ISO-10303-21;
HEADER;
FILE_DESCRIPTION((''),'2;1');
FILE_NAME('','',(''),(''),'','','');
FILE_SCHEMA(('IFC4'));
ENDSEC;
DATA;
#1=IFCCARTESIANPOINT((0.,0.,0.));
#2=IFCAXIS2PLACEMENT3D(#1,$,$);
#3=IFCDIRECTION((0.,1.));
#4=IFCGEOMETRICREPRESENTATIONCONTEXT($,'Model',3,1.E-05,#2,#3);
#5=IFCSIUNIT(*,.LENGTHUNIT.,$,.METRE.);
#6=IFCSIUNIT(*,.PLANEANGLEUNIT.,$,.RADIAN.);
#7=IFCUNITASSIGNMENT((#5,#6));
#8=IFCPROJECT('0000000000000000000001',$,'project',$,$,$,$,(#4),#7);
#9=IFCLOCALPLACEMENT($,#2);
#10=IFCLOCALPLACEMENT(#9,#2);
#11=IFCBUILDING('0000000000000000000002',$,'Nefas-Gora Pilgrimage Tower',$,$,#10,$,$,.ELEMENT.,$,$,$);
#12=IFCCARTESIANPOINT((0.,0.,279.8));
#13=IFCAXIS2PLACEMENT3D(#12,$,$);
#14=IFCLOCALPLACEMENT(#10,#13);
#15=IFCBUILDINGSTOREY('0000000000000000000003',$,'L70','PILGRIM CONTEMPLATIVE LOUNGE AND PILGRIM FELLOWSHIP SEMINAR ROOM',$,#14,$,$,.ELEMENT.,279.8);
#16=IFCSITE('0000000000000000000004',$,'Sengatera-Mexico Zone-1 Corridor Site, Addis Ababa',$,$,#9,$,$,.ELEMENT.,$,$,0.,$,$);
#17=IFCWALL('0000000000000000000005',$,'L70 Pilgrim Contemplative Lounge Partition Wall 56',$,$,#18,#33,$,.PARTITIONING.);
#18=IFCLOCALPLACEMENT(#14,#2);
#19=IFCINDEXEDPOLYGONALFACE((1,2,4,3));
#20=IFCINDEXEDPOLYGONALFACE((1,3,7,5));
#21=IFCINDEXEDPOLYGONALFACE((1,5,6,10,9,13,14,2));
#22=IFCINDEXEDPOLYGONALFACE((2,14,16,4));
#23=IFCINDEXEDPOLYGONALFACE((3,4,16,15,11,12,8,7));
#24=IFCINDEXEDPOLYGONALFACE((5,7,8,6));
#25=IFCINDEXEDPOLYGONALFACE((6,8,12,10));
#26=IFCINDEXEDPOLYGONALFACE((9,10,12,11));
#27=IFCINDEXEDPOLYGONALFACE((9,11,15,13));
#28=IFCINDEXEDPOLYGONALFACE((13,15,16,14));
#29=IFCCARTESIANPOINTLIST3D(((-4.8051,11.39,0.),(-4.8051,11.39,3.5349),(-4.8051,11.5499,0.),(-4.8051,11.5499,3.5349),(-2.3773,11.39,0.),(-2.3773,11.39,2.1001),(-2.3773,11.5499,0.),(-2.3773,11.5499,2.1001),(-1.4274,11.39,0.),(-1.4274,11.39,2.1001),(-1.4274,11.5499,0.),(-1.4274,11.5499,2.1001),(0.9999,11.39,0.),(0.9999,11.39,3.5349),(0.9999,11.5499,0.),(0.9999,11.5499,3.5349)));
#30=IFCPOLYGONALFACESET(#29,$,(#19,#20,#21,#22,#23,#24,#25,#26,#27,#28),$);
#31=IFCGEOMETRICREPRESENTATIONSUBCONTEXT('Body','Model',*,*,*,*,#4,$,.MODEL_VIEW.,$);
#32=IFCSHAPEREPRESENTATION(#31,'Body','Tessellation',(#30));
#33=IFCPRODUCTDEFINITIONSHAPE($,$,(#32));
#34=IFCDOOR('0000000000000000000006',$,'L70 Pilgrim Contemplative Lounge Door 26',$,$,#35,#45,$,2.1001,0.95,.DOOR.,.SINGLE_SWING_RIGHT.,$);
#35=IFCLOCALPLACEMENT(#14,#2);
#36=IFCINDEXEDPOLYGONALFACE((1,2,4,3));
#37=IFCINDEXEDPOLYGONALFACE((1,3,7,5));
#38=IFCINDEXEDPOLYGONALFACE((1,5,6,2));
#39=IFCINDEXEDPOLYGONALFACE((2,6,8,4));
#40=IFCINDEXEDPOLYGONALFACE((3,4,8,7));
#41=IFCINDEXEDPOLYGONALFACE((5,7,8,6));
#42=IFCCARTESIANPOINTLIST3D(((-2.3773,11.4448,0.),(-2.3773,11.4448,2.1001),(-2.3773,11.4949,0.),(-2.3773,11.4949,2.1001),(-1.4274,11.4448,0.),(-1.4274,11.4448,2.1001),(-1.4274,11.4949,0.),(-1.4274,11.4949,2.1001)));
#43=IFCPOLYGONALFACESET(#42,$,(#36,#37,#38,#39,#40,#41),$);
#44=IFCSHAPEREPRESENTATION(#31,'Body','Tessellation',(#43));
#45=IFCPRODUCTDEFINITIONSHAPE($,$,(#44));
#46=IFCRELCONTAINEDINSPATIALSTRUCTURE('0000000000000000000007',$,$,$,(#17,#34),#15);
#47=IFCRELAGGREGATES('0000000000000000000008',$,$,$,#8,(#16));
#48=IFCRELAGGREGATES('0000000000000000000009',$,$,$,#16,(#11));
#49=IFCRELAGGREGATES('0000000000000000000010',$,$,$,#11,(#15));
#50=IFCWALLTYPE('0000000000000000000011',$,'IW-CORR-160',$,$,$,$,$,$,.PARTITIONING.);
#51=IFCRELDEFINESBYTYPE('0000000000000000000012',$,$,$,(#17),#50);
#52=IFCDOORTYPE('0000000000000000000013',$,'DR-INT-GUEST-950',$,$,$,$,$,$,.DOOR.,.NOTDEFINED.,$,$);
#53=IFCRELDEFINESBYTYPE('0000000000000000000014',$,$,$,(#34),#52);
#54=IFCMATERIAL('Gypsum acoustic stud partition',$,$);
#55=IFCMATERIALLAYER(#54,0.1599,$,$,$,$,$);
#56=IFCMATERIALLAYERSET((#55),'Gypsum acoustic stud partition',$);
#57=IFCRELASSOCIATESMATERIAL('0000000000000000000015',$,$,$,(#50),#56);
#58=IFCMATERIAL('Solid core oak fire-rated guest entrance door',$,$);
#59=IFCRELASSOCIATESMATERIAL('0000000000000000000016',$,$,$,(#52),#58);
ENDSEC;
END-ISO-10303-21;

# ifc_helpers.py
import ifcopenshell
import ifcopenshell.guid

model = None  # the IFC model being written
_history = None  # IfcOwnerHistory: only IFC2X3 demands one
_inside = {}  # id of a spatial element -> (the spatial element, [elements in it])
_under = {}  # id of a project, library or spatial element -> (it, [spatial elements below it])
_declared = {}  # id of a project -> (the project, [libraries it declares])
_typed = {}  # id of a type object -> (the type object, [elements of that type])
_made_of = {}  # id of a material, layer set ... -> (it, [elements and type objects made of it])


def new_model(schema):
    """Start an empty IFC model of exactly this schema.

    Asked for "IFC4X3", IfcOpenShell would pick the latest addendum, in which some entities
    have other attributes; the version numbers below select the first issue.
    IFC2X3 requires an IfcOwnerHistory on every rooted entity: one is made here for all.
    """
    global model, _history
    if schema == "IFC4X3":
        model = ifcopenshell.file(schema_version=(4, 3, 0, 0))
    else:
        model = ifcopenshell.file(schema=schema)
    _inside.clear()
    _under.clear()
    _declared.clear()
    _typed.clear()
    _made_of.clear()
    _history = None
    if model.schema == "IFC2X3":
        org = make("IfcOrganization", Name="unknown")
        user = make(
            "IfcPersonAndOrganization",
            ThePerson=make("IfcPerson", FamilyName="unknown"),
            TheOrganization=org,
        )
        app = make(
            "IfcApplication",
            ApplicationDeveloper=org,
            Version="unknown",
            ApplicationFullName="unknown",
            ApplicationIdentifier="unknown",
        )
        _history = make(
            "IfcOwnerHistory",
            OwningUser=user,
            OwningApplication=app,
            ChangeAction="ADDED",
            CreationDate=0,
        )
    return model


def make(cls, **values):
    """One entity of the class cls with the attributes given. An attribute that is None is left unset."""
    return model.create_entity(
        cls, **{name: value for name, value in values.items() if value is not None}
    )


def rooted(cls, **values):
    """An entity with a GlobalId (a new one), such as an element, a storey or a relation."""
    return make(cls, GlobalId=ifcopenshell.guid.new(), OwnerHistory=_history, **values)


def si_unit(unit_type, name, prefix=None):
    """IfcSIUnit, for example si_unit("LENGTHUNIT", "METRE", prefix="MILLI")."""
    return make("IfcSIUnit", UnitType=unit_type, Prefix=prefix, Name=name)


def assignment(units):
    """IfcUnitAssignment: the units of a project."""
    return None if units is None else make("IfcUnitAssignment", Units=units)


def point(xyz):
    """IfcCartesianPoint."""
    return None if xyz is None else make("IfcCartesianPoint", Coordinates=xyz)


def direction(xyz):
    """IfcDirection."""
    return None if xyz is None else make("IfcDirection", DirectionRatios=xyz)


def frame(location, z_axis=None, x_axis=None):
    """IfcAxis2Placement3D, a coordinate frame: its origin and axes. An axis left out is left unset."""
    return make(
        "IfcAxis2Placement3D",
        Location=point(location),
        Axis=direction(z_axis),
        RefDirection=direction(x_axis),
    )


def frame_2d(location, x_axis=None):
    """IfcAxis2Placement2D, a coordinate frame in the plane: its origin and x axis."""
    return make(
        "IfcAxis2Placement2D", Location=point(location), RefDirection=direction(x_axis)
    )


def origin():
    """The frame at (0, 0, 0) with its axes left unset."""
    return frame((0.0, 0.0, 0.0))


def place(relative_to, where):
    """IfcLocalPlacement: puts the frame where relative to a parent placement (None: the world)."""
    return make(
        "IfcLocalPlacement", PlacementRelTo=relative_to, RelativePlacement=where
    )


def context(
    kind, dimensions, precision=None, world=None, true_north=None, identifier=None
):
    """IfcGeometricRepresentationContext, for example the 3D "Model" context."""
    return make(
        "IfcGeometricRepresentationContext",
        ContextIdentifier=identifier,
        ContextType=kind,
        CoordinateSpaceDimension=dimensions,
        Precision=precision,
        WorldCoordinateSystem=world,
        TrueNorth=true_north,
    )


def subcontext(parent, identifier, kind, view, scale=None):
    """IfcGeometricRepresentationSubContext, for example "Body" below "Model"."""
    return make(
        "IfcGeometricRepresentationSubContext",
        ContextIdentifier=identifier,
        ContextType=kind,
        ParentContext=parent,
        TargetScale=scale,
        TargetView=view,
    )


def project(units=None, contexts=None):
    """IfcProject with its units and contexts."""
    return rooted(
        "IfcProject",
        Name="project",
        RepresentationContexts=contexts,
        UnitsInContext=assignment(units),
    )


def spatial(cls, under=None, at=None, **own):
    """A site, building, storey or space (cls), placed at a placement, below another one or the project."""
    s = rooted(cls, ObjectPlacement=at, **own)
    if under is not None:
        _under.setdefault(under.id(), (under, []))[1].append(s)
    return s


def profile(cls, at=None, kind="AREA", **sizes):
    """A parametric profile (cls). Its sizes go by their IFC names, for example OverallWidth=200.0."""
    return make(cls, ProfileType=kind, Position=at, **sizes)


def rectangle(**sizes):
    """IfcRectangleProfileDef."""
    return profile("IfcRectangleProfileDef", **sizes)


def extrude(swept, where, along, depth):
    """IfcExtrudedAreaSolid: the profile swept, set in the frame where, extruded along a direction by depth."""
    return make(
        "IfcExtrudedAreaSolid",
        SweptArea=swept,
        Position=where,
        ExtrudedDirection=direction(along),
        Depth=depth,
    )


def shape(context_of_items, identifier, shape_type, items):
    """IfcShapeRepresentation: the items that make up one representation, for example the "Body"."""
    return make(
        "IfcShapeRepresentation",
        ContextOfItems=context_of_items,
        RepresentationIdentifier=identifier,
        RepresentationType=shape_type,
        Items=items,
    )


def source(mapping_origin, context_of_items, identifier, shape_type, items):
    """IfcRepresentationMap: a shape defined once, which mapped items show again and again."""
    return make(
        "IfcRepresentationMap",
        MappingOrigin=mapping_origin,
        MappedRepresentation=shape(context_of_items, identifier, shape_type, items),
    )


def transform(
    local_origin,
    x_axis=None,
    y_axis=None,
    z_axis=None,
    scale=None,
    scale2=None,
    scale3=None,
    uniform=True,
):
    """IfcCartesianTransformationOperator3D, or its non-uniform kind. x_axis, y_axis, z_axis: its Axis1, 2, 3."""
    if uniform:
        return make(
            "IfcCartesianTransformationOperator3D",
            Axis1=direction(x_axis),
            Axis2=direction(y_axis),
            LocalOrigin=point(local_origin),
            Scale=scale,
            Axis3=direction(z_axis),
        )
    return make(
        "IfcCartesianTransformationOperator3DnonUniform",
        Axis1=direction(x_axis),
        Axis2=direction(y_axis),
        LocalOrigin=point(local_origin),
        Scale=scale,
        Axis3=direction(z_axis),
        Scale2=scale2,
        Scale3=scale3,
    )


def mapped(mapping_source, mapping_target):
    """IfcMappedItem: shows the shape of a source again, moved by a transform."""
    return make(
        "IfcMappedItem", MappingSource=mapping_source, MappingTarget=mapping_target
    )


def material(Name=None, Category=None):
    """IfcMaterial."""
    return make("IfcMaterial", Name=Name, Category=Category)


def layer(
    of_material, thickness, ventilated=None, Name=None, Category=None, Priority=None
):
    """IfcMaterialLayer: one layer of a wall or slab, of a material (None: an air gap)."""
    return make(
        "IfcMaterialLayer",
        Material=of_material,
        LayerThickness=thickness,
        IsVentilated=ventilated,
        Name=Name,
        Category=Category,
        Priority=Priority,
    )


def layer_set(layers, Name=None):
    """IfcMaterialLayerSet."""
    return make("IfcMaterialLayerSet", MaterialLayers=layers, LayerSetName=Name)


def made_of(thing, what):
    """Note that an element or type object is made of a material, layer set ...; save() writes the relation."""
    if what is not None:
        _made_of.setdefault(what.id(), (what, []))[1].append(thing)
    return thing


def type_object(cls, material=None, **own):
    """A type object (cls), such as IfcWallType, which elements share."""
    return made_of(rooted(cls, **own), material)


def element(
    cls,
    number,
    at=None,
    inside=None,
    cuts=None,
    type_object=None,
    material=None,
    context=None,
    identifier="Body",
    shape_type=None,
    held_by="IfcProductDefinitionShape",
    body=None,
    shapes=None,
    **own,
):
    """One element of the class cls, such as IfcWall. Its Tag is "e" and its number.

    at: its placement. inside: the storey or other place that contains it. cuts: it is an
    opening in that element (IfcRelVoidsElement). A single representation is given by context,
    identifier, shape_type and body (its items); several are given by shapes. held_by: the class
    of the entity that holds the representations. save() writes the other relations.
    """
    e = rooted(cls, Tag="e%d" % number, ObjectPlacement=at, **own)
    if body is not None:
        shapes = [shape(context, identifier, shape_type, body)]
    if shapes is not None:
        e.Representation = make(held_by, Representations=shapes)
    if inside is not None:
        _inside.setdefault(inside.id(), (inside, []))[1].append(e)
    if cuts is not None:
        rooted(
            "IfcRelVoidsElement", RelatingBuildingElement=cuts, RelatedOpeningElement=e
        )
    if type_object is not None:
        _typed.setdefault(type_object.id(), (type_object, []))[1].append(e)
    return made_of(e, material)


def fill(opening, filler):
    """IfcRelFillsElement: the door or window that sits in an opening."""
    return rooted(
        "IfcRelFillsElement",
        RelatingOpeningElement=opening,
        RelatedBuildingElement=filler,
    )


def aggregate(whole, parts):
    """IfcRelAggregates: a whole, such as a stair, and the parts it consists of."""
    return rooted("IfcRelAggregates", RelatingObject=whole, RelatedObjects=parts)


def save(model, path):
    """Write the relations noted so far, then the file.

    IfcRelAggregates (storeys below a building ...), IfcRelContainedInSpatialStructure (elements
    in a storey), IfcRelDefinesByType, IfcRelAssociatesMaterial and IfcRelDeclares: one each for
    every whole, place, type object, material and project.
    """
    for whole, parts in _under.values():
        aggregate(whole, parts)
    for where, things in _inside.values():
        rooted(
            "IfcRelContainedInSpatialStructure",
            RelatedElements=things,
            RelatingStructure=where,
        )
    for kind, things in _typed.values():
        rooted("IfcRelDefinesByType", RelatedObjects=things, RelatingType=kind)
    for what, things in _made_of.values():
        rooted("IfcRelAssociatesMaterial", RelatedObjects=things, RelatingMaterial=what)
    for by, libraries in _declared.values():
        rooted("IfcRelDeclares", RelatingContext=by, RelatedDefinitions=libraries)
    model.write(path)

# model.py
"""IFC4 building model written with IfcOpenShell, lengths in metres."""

from ifc_helpers import new_model, si_unit, direction, frame, frame_2d, origin, place, context, subcontext, project, spatial, rectangle, extrude, source, transform, mapped, material, layer, layer_set, type_object, element, fill, save


model = new_model("IFC4")

# Units and contexts
model_context = context("Model", 3, precision=1e-05, world=origin(), true_north=direction((0.0, 1.0)))
body_context = subcontext(model_context, "Body", "Model", "MODEL_VIEW")
ifc_project = project(units=[si_unit("LENGTHUNIT", "METRE"), si_unit("PLANEANGLEUNIT", "RADIAN")], contexts=[model_context])

# Site, building, storey
site_placement = place(None, origin())
site = spatial("IfcSite", under=ifc_project, at=site_placement, Name="Sengatera-Mexico Zone-1 Corridor Site, Addis Ababa", CompositionType="ELEMENT", RefElevation=0.0)
building_placement = place(site_placement, origin())
building = spatial("IfcBuilding", under=site, at=building_placement, Name="Nefas-Gora Pilgrimage Tower", CompositionType="ELEMENT")
storey_placement = place(building_placement, frame((0.0, 0.0, 279.8)))
storey = spatial("IfcBuildingStorey", under=building, at=storey_placement, Name="L70", Description="PILGRIM CONTEMPLATIVE LOUNGE AND PILGRIM FELLOWSHIP SEMINAR ROOM", CompositionType="ELEMENT", Elevation=279.8)

# Shared definitions
ifc_material_1 = material(Name="Gypsum acoustic stud partition")
ifc_layer_1 = layer(ifc_material_1, 0.1599)
ifc_layer_set_1 = layer_set([ifc_layer_1], Name="Gypsum acoustic stud partition")
wall_type_1 = type_object("IfcWallType", Name="IW-CORR-160", PredefinedType="PARTITIONING", material=ifc_layer_set_1)
ifc_material_2 = material(Name="Solid core oak fire-rated guest entrance door")
door_type_1 = type_object("IfcDoorType", Name="DR-INT-GUEST-950", OperationType="NOTDEFINED", PredefinedType="DOOR", material=ifc_material_2)
shared_shape_1 = source(origin(), body_context, "Body", "SweptSolid", [
    extrude(rectangle(XDim=0.95, YDim=2.1001, at=frame_2d((0.4751, 1.05))), frame((0.0, 0.0249, 0.0), z_axis=(0.0, -1.0, 0.0), x_axis=(1.0, 0.0, 0.0)), (0.0, 0.0, 1.0), 0.05),
])

# Wall, opening, door
shared_shape_2 = source(origin(), body_context, "Body", "SweptSolid", [
    extrude(rectangle(XDim=5.8049, YDim=0.1599, at=frame_2d((2.9023, 0.0))), origin(), (0.0, 0.0, 1.0), 3.5349),
])
wall_1_placement = place(storey_placement, frame((-4.8049, 11.47, 0.0), z_axis=(0.0, 0.0, 1.0), x_axis=(1.0, 0.0, 0.0)))
wall_1 = element("IfcWall", 1, at=wall_1_placement, inside=storey, type_object=wall_type_1, Name="L70 Pilgrim Contemplative Lounge Partition Wall 56", PredefinedType="PARTITIONING", context=body_context, shape_type="MappedRepresentation", body=[
    mapped(shared_shape_2, transform((0.0, 0.0, 0.0), x_axis=(1.0, 0.0, 0.0), y_axis=(0.0, 1.0, 0.0), z_axis=(0.0, 0.0, 1.0), scale=1.0)),
])
opening_1_placement = place(wall_1_placement, frame((2.4275, 0.0, 0.0)))
opening_1 = element("IfcOpeningElement", 2, at=opening_1_placement, cuts=wall_1, PredefinedType="OPENING", context=body_context, shape_type="SweptSolid", body=[
    extrude(rectangle(XDim=0.95, YDim=2.1001, at=frame_2d((0.4751, 1.05))), frame((0.0, 0.0898, 0.0), z_axis=(0.0, -1.0, 0.0), x_axis=(1.0, 0.0, 0.0)), (0.0, 0.0, 1.0), 0.1799),
])
door_1_placement = place(opening_1_placement, origin())
door_1 = element("IfcDoor", 3, at=door_1_placement, inside=storey, type_object=door_type_1, Name="L70 Pilgrim Contemplative Lounge Door 26", OperationType="SINGLE_SWING_RIGHT", OverallHeight=2.1001, OverallWidth=0.95, PredefinedType="DOOR", context=body_context, shape_type="MappedRepresentation", body=[
    mapped(shared_shape_1, transform((0.0, 0.0, 0.0), x_axis=(1.0, 0.0, 0.0), y_axis=(0.0, 1.0, 0.0), z_axis=(0.0, 0.0, 1.0), scale=1.0)),
])
fill(opening_1, door_1)

save(model, "model.ifc")
